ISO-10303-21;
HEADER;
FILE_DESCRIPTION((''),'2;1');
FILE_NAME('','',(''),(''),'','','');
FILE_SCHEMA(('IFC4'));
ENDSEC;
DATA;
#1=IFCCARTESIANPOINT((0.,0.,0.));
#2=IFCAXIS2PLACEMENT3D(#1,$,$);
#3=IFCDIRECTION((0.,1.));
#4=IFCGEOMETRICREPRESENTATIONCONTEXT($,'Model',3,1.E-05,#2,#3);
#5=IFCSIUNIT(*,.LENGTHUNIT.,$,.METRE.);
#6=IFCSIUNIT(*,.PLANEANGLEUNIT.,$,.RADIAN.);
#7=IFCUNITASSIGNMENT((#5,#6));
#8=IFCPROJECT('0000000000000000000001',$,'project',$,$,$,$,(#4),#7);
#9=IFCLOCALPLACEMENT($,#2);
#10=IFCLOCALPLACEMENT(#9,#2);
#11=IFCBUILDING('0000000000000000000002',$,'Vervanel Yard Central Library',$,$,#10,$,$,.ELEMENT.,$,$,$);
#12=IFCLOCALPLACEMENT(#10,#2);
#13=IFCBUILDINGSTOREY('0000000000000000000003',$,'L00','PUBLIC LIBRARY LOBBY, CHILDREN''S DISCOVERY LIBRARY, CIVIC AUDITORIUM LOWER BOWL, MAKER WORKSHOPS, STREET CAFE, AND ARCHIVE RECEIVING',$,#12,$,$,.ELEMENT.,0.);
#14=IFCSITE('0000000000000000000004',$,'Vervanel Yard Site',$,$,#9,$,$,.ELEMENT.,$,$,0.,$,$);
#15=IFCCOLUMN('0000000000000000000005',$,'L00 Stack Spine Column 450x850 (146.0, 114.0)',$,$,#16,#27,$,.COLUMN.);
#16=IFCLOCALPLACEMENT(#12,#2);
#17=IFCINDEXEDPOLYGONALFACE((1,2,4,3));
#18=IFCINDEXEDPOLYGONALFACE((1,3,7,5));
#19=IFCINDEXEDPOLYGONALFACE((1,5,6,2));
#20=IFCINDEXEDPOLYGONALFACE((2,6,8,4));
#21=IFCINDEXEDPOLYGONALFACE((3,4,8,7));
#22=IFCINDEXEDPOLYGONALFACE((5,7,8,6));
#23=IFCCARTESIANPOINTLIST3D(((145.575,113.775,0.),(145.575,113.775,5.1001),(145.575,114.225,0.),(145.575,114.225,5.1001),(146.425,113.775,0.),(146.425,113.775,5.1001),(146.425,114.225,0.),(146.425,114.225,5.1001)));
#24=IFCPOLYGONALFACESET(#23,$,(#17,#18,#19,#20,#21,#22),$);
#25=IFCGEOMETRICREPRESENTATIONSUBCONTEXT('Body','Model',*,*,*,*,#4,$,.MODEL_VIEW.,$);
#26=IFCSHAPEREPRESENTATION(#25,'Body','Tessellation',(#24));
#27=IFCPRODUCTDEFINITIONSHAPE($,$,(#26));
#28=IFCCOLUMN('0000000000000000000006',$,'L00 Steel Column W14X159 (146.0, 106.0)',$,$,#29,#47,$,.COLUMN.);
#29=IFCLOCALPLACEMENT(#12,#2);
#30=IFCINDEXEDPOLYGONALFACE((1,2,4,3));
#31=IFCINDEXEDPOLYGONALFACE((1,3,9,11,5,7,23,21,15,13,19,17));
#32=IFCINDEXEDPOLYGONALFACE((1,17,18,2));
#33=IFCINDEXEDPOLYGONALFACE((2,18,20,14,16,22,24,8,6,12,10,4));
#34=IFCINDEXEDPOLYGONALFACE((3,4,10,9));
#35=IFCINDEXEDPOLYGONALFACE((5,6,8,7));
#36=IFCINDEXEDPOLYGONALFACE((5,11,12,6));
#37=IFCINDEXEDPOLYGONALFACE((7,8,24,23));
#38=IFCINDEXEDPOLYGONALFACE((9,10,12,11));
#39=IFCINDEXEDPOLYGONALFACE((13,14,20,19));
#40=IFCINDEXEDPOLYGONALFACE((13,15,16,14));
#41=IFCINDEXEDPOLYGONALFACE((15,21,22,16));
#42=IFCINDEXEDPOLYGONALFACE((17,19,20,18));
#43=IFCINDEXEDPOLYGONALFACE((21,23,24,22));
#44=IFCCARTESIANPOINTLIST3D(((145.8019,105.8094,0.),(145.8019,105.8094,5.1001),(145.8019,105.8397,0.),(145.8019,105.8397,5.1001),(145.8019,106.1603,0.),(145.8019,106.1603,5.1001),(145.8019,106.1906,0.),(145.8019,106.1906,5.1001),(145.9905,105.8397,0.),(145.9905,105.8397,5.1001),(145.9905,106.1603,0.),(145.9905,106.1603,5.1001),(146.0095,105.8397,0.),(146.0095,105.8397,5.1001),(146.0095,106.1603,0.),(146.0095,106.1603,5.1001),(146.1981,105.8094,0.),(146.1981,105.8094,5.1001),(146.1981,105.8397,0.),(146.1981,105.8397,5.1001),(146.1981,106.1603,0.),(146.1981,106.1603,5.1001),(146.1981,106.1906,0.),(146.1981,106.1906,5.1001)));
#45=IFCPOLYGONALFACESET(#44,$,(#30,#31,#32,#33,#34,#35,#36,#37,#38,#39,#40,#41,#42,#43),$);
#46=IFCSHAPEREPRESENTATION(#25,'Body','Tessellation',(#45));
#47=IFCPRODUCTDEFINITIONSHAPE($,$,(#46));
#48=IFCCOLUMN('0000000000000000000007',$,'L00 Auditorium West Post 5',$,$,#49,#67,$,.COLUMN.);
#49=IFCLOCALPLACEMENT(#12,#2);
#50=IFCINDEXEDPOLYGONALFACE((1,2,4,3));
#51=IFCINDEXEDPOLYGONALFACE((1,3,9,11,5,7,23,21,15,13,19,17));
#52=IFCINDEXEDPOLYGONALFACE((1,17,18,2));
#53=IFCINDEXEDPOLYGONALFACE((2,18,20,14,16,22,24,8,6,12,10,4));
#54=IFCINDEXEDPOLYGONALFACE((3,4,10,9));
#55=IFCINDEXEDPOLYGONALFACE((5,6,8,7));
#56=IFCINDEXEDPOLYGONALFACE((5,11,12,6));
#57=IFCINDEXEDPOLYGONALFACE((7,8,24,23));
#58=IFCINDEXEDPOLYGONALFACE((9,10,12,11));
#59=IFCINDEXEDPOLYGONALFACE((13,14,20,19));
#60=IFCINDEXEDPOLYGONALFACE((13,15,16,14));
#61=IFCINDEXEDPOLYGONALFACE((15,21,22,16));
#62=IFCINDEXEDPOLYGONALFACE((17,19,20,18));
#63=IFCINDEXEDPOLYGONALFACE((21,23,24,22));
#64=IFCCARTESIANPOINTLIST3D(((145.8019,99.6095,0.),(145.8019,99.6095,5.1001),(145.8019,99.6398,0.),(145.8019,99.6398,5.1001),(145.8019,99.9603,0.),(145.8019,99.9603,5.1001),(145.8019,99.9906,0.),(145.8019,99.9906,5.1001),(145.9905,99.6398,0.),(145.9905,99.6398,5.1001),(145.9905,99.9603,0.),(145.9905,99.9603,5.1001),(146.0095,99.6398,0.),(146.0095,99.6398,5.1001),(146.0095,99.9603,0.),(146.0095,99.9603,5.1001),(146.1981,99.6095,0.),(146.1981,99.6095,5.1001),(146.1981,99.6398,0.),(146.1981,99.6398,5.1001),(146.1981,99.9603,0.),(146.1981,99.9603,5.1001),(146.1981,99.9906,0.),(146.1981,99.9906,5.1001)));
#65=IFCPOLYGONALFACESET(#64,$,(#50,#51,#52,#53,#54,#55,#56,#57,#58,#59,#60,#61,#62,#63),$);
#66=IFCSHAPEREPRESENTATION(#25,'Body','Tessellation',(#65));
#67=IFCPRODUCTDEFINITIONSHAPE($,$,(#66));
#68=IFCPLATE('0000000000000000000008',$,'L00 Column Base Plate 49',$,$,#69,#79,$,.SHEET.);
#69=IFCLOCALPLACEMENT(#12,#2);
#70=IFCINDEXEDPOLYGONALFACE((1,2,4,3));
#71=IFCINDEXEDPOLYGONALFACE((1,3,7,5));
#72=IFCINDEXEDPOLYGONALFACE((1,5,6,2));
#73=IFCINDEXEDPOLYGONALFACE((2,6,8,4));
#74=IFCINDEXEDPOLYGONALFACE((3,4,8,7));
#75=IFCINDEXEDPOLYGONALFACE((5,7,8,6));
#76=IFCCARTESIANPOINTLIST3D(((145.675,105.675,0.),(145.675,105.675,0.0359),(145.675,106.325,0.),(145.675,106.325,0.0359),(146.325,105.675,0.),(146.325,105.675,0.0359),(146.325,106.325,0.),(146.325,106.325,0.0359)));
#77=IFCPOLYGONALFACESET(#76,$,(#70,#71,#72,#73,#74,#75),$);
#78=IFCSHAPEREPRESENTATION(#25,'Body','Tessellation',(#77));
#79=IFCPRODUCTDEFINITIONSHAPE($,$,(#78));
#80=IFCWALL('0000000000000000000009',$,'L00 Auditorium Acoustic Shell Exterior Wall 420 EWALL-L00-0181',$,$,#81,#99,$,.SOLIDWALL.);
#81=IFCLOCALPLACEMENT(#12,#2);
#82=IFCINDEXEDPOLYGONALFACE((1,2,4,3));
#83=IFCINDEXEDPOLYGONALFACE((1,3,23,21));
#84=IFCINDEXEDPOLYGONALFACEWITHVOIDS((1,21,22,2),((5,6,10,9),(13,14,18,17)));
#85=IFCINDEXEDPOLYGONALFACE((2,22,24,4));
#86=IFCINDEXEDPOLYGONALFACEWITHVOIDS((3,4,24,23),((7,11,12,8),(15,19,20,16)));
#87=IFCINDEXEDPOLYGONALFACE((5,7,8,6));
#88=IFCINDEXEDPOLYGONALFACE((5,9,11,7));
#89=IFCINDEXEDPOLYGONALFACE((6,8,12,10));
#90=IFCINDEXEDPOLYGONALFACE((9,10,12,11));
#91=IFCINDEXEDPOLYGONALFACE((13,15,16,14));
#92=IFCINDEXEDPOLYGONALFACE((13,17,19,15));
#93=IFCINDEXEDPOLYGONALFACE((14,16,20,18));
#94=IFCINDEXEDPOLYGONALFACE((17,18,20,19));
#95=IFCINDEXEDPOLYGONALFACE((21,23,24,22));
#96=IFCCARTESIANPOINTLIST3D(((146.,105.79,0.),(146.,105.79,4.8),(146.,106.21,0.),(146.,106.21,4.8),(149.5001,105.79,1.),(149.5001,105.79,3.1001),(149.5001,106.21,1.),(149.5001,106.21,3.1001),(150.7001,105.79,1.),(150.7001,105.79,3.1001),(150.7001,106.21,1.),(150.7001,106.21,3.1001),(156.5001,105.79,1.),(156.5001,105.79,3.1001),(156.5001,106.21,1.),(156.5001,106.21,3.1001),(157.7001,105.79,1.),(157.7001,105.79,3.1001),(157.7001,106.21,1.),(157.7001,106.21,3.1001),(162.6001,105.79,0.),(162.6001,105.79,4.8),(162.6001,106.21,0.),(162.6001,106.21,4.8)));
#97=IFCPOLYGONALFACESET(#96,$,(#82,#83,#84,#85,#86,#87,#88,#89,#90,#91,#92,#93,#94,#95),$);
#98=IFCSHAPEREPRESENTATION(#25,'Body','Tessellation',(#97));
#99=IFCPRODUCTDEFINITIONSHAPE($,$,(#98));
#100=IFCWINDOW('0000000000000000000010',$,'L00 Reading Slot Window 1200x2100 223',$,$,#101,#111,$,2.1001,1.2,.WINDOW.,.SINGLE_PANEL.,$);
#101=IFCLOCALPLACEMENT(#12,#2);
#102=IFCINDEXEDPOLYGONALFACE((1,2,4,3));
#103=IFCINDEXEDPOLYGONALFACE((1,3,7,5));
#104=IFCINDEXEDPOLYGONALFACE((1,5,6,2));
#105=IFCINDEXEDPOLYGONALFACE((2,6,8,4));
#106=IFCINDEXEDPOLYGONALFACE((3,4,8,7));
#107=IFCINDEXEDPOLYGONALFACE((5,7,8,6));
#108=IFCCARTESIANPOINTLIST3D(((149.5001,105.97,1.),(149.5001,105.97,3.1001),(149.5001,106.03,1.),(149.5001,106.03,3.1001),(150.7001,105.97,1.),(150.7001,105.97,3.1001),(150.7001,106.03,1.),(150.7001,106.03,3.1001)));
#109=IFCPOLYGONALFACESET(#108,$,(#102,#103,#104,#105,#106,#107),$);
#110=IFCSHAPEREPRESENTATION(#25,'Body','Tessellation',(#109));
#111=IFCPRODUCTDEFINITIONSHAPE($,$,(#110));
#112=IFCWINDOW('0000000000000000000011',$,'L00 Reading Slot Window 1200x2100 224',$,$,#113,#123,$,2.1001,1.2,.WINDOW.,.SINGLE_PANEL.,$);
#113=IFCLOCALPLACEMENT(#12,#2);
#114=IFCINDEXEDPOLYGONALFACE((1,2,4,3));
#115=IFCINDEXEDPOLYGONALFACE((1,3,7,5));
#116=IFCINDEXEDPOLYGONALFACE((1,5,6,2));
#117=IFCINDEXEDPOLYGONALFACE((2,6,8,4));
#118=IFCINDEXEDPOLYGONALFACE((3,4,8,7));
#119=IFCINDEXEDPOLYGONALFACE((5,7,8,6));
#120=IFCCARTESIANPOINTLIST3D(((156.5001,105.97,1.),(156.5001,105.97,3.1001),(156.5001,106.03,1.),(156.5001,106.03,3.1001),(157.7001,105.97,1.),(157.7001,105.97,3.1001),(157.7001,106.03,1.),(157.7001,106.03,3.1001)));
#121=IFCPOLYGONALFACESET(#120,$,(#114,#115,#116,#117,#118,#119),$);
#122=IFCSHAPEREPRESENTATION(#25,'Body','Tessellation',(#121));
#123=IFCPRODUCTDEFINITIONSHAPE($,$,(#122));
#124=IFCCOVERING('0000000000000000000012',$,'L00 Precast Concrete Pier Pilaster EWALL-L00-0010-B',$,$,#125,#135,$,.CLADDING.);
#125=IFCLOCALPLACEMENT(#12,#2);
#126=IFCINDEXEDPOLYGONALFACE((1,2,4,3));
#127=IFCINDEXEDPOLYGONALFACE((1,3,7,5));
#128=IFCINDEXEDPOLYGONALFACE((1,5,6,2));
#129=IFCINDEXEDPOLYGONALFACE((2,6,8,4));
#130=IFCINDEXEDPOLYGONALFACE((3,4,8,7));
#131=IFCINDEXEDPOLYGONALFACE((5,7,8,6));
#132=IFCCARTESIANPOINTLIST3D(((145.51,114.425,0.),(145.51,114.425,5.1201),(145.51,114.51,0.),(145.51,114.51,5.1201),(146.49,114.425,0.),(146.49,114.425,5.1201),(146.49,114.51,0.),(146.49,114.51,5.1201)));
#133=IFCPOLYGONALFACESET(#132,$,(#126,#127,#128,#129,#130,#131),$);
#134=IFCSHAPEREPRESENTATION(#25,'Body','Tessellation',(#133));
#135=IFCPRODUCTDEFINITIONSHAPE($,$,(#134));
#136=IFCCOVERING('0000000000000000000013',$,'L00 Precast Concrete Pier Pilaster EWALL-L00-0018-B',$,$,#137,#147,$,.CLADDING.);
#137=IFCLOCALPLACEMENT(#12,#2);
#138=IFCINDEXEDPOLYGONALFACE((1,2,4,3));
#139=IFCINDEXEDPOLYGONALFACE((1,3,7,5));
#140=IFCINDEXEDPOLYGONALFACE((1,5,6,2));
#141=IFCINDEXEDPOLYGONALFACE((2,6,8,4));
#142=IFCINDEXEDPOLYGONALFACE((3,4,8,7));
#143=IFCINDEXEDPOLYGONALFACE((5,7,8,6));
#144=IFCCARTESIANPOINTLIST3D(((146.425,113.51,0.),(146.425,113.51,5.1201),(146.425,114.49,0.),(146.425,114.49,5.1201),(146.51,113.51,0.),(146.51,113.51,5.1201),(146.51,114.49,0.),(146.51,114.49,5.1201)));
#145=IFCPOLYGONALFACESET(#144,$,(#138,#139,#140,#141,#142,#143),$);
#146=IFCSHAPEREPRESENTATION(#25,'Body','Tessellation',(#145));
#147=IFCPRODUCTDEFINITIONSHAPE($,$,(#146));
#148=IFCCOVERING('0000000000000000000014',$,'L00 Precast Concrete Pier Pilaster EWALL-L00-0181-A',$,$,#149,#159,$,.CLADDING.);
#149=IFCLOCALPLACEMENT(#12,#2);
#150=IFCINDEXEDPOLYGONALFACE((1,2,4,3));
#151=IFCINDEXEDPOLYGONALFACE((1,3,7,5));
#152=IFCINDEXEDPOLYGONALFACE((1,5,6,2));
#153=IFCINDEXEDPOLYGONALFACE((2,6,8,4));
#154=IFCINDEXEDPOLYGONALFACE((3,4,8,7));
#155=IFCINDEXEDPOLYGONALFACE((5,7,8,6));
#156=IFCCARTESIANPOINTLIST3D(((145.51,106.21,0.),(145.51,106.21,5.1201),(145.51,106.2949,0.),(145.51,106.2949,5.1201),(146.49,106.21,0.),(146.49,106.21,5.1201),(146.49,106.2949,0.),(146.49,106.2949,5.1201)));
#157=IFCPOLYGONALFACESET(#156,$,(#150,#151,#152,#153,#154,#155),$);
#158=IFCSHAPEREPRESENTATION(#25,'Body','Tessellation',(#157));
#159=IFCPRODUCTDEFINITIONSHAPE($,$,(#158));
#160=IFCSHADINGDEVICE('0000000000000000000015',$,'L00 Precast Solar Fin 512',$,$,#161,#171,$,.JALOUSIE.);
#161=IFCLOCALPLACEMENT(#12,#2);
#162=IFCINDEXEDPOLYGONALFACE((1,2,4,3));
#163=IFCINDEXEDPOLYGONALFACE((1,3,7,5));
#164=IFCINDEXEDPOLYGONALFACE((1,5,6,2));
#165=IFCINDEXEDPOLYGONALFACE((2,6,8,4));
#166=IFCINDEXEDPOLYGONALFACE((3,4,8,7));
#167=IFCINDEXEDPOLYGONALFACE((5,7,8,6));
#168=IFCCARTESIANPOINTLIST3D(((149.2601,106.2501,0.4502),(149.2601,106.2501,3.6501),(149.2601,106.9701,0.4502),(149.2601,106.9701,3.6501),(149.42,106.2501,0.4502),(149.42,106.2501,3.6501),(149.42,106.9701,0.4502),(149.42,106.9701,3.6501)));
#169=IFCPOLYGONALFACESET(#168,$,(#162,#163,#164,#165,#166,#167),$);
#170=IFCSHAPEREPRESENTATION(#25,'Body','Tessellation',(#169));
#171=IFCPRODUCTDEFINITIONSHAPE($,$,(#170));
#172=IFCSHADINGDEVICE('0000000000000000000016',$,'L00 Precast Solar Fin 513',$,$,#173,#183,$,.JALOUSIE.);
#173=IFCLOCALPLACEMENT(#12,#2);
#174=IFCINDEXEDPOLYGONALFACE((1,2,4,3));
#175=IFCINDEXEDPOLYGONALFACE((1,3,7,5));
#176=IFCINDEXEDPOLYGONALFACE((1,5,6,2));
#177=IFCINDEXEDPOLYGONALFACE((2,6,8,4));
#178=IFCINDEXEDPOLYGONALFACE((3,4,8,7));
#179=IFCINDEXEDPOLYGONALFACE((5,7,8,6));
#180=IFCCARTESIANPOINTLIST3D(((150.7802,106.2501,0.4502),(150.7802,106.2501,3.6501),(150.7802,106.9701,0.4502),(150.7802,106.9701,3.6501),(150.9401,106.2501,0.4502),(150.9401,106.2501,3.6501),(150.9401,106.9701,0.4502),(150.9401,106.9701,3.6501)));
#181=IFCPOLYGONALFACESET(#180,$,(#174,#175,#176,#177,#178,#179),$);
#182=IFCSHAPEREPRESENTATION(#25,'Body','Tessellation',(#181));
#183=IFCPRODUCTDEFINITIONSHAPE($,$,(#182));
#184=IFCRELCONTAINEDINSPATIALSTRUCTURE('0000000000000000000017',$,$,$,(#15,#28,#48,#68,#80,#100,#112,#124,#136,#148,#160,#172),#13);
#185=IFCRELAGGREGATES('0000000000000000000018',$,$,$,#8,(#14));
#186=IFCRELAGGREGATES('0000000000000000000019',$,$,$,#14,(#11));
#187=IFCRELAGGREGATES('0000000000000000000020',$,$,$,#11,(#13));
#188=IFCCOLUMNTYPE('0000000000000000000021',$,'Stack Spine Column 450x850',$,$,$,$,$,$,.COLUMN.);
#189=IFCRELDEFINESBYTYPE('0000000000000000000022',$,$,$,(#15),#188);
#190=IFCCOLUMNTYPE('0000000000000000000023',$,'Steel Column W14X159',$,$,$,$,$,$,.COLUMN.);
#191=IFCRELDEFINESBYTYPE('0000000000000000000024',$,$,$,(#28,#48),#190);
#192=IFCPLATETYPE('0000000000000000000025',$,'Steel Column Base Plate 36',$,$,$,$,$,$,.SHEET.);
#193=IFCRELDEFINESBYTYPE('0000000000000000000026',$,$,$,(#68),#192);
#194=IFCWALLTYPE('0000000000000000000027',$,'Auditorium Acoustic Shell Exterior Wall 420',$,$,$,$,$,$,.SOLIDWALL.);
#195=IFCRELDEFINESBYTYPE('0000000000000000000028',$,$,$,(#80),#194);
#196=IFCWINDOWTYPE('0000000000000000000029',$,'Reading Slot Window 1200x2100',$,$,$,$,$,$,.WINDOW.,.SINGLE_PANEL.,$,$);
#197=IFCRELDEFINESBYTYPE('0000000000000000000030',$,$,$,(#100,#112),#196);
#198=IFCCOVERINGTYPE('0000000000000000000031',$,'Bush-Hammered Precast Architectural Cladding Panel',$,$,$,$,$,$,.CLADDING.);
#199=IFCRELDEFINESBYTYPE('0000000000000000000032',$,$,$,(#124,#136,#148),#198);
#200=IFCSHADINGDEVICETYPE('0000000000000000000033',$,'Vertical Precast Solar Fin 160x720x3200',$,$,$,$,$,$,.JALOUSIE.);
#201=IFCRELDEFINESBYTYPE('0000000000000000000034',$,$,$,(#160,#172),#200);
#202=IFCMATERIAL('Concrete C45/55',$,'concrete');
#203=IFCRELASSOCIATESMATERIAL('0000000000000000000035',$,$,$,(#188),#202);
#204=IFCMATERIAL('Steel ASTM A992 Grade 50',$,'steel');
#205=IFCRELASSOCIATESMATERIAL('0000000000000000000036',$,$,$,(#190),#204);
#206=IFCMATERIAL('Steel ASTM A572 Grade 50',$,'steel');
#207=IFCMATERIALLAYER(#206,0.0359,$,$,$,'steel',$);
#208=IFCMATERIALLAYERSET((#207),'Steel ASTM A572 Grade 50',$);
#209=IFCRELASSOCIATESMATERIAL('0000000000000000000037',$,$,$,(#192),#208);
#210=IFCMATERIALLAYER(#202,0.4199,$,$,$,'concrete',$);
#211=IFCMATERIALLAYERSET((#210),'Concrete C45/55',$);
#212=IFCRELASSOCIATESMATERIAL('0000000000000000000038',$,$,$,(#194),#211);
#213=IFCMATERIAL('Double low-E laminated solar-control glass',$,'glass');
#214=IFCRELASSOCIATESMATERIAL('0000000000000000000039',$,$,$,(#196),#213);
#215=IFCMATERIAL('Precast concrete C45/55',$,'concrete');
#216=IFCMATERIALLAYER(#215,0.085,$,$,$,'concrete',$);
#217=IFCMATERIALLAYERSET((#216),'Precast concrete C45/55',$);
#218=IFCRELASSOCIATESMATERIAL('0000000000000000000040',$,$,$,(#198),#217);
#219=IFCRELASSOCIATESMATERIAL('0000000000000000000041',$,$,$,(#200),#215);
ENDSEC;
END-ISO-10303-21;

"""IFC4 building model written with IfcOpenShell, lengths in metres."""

from ifc_helpers import new_model, si_unit, direction, frame, frame_2d, origin, origin_2d, place, context, subcontext, project, spatial, rectangle, i_section, extrude, material, layer, layer_set, material_profile, profile_set, type_object, element, fill, save


model = new_model("IFC4")

# Units and contexts
model_context = context("Model", 3, precision=1e-05, world=origin(), true_north=direction((0.0, 1.0)))
body_context = subcontext(model_context, "Body", "Model", "MODEL_VIEW")
ifc_project = project(units=[si_unit("LENGTHUNIT", "METRE"), si_unit("PLANEANGLEUNIT", "RADIAN")], contexts=[model_context])

# Site, building, storey
site_placement = place(None, origin())
site = spatial("IfcSite", under=ifc_project, at=site_placement, Name="Vervanel Yard Site", CompositionType="ELEMENT", RefElevation=0.0)
building_placement = place(site_placement, origin())
building = spatial("IfcBuilding", under=site, at=building_placement, Name="Vervanel Yard Central Library", CompositionType="ELEMENT")
storey_placement = place(building_placement, origin())
storey = spatial("IfcBuildingStorey", under=building, at=storey_placement, Name="L00", Description="PUBLIC LIBRARY LOBBY, CHILDREN'S DISCOVERY LIBRARY, CIVIC AUDITORIUM LOWER BOWL, MAKER WORKSHOPS, STREET CAFE, AND ARCHIVE RECEIVING", CompositionType="ELEMENT", Elevation=0.0)

# Columns
ifc_material_1 = material(Name="Concrete C45/55", Category="concrete")
ifc_material_profile_1 = material_profile(ifc_material_1, rectangle(XDim=0.45, YDim=0.8501, at=origin_2d()), Name="RC 450x850", Category="concrete")
ifc_profile_set_1 = profile_set([ifc_material_profile_1], Name="Concrete C45/55")
column_type_1 = type_object("IfcColumnType", Name="Stack Spine Column 450x850", PredefinedType="COLUMN", material=ifc_profile_set_1)
column_placement = place(storey_placement, frame((146.0, 114.0, 0.0), z_axis=(0.0, 0.0, 1.0), x_axis=(0.0, 1.0, 0.0)))
element("IfcColumn", 1, at=column_placement, inside=storey, type_object=column_type_1, Name="L00 Stack Spine Column 450x850 (146.0, 114.0)", PredefinedType="COLUMN", context=body_context, shape_type="SweptSolid", body=[
    extrude(rectangle(XDim=0.45, YDim=0.8501, at=origin_2d()), origin(), (0.0, 0.0, 1.0), 5.1001),
])
ifc_material_2 = material(Name="Steel ASTM A992 Grade 50", Category="steel")
ifc_material_profile_2 = material_profile(ifc_material_2, i_section(OverallWidth=0.3962, OverallDepth=0.3811, WebThickness=0.019, FlangeThickness=0.0303, at=origin_2d()), Name="W14X159", Category="steel")
ifc_profile_set_2 = profile_set([ifc_material_profile_2], Name="Steel ASTM A992 Grade 50")
column_type_2 = type_object("IfcColumnType", Name="Steel Column W14X159", PredefinedType="COLUMN", material=ifc_profile_set_2)
for number, where, z_axis, x_axis, name in (
    (2, (146.0, 106.0, 0.0), (0.0, 0.0, 1.0), (1.0, 0.0, 0.0), "L00 Steel Column W14X159 (146.0, 106.0)"),
    (3, (146.0, 99.8, 0.0), (0.0, 0.0, 1.0), (1.0, 0.0, 0.0), "L00 Auditorium West Post 5"),
):
    element("IfcColumn", number, at=place(storey_placement, frame(where, z_axis=z_axis, x_axis=x_axis)), inside=storey, type_object=column_type_2, Name=name, PredefinedType="COLUMN", context=body_context, shape_type="SweptSolid", body=[
        extrude(i_section(OverallWidth=0.3962, OverallDepth=0.3811, WebThickness=0.019, FlangeThickness=0.0303, at=origin_2d()), origin(), (0.0, 0.0, 1.0), 5.1001),
    ])

# Plate
ifc_material_3 = material(Name="Steel ASTM A572 Grade 50", Category="steel")
ifc_layer_1 = layer(ifc_material_3, 0.0359, Category="steel")
ifc_layer_set_1 = layer_set([ifc_layer_1], Name="Steel ASTM A572 Grade 50")
plate_type = type_object("IfcPlateType", Name="Steel Column Base Plate 36", PredefinedType="SHEET", material=ifc_layer_set_1)
plate_placement = place(storey_placement, frame((146.0, 106.0, 0.0), z_axis=(0.0, 0.0, 1.0), x_axis=(1.0, 0.0, 0.0)))
element("IfcPlate", 4, at=plate_placement, inside=storey, type_object=plate_type, Name="L00 Column Base Plate 49", PredefinedType="SHEET", context=body_context, shape_type="SweptSolid", body=[
    extrude(rectangle(XDim=0.6499, YDim=0.6499, at=origin_2d()), origin(), (0.0, 0.0, 1.0), 0.0359),
])

# Wall, openings, windows
ifc_layer_2 = layer(ifc_material_1, 0.4199, Category="concrete")
ifc_layer_set_2 = layer_set([ifc_layer_2], Name="Concrete C45/55")
wall_type = type_object("IfcWallType", Name="Auditorium Acoustic Shell Exterior Wall 420", PredefinedType="SOLIDWALL", material=ifc_layer_set_2)
wall_placement = place(storey_placement, frame((146.0, 106.0, 0.0), z_axis=(0.0, 0.0, 1.0), x_axis=(1.0, 0.0, 0.0)))
wall = element("IfcWall", 5, at=wall_placement, inside=storey, type_object=wall_type, Name="L00 Auditorium Acoustic Shell Exterior Wall 420 EWALL-L00-0181", PredefinedType="SOLIDWALL", context=body_context, shape_type="SweptSolid", body=[
    extrude(rectangle(XDim=16.6001, YDim=0.4199, at=frame_2d((8.3, 0.0))), origin(), (0.0, 0.0, 1.0), 4.8),
])
opening_1_placement = place(wall_placement, frame((3.5, 0.0, 1.0)))
opening_1 = element("IfcOpeningElement", 6, at=opening_1_placement, cuts=wall, PredefinedType="OPENING", context=body_context, shape_type="SweptSolid", body=[
    extrude(rectangle(XDim=1.2, YDim=2.1001, at=frame_2d((0.6001, 1.05))), frame((0.0, 0.22, 0.0), z_axis=(0.0, -1.0, 0.0), x_axis=(1.0, 0.0, 0.0)), (0.0, 0.0, 1.0), 0.4399),
])
opening_2_placement = place(wall_placement, frame((10.5, 0.0, 1.0)))
opening_2 = element("IfcOpeningElement", 7, at=opening_2_placement, cuts=wall, PredefinedType="OPENING", context=body_context, shape_type="SweptSolid", body=[
    extrude(rectangle(XDim=1.2, YDim=2.1001, at=frame_2d((0.6001, 1.05))), frame((0.0, 0.22, 0.0), z_axis=(0.0, -1.0, 0.0), x_axis=(1.0, 0.0, 0.0)), (0.0, 0.0, 1.0), 0.4399),
])
ifc_material_4 = material(Name="Double low-E laminated solar-control glass", Category="glass")
window_type = type_object("IfcWindowType", Name="Reading Slot Window 1200x2100", PartitioningType="SINGLE_PANEL", PredefinedType="WINDOW", material=ifc_material_4)
window_1_placement = place(opening_1_placement, origin())
window_1 = element("IfcWindow", 8, at=window_1_placement, inside=storey, type_object=window_type, Name="L00 Reading Slot Window 1200x2100 223", OverallHeight=2.1001, OverallWidth=1.2, PartitioningType="SINGLE_PANEL", PredefinedType="WINDOW", context=body_context, shape_type="SweptSolid", body=[
    extrude(rectangle(XDim=1.2, YDim=2.1001, at=frame_2d((0.6001, 1.05))), frame((0.0, 0.03, 0.0), z_axis=(0.0, -1.0, 0.0), x_axis=(1.0, 0.0, 0.0)), (0.0, 0.0, 1.0), 0.0601),
])
fill(opening_1, window_1)
window_2_placement = place(opening_2_placement, origin())
window_2 = element("IfcWindow", 9, at=window_2_placement, inside=storey, type_object=window_type, Name="L00 Reading Slot Window 1200x2100 224", OverallHeight=2.1001, OverallWidth=1.2, PartitioningType="SINGLE_PANEL", PredefinedType="WINDOW", context=body_context, shape_type="SweptSolid", body=[
    extrude(rectangle(XDim=1.2, YDim=2.1001, at=frame_2d((0.6001, 1.05))), frame((0.0, 0.03, 0.0), z_axis=(0.0, -1.0, 0.0), x_axis=(1.0, 0.0, 0.0)), (0.0, 0.0, 1.0), 0.0601),
])
fill(opening_2, window_2)

# Coverings
ifc_material_5 = material(Name="Precast concrete C45/55", Category="concrete")
ifc_layer_3 = layer(ifc_material_5, 0.085, Category="concrete")
ifc_layer_set_3 = layer_set([ifc_layer_3], Name="Precast concrete C45/55")
covering_type = type_object("IfcCoveringType", Name="Bush-Hammered Precast Architectural Cladding Panel", PredefinedType="CLADDING", material=ifc_layer_set_3)
for number, where, z_axis, x_axis, name in (
    (10, (146.0, 114.4675, 0.0), (0.0, 0.0, 1.0), (1.0, 0.0, 0.0), "L00 Precast Concrete Pier Pilaster EWALL-L00-0010-B"),
    (11, (146.4675, 114.0, 0.0), (0.0, 0.0, 1.0), (0.0, 1.0, 0.0), "L00 Precast Concrete Pier Pilaster EWALL-L00-0018-B"),
    (12, (146.0, 106.2524, 0.0), (0.0, 0.0, 1.0), (1.0, 0.0, 0.0), "L00 Precast Concrete Pier Pilaster EWALL-L00-0181-A"),
):
    element("IfcCovering", number, at=place(storey_placement, frame(where, z_axis=z_axis, x_axis=x_axis)), inside=storey, type_object=covering_type, Name=name, PredefinedType="CLADDING", context=body_context, shape_type="SweptSolid", body=[
        extrude(rectangle(XDim=0.98, YDim=0.085, at=origin_2d()), origin(), (0.0, 0.0, 1.0), 5.1201),
    ])

# Shading devices
shading_device_type = type_object("IfcShadingDeviceType", Name="Vertical Precast Solar Fin 160x720x3200", PredefinedType="JALOUSIE", material=ifc_material_5)
for number, where, z_axis, x_axis, name in (
    (13, (149.3401, 106.6101, 0.4502), (0.0, 0.0, 1.0), (1.0, 0.0, 0.0), "L00 Precast Solar Fin 512"),
    (14, (150.8601, 106.6101, 0.4502), (0.0, 0.0, 1.0), (1.0, 0.0, 0.0), "L00 Precast Solar Fin 513"),
):
    element("IfcShadingDevice", number, at=place(storey_placement, frame(where, z_axis=z_axis, x_axis=x_axis)), inside=storey, type_object=shading_device_type, Name=name, PredefinedType="JALOUSIE", context=body_context, shape_type="SweptSolid", body=[
        extrude(rectangle(XDim=0.1599, YDim=0.72, at=origin_2d()), origin(), (0.0, 0.0, 1.0), 3.2),
    ])

save(model, "model.ifc")
